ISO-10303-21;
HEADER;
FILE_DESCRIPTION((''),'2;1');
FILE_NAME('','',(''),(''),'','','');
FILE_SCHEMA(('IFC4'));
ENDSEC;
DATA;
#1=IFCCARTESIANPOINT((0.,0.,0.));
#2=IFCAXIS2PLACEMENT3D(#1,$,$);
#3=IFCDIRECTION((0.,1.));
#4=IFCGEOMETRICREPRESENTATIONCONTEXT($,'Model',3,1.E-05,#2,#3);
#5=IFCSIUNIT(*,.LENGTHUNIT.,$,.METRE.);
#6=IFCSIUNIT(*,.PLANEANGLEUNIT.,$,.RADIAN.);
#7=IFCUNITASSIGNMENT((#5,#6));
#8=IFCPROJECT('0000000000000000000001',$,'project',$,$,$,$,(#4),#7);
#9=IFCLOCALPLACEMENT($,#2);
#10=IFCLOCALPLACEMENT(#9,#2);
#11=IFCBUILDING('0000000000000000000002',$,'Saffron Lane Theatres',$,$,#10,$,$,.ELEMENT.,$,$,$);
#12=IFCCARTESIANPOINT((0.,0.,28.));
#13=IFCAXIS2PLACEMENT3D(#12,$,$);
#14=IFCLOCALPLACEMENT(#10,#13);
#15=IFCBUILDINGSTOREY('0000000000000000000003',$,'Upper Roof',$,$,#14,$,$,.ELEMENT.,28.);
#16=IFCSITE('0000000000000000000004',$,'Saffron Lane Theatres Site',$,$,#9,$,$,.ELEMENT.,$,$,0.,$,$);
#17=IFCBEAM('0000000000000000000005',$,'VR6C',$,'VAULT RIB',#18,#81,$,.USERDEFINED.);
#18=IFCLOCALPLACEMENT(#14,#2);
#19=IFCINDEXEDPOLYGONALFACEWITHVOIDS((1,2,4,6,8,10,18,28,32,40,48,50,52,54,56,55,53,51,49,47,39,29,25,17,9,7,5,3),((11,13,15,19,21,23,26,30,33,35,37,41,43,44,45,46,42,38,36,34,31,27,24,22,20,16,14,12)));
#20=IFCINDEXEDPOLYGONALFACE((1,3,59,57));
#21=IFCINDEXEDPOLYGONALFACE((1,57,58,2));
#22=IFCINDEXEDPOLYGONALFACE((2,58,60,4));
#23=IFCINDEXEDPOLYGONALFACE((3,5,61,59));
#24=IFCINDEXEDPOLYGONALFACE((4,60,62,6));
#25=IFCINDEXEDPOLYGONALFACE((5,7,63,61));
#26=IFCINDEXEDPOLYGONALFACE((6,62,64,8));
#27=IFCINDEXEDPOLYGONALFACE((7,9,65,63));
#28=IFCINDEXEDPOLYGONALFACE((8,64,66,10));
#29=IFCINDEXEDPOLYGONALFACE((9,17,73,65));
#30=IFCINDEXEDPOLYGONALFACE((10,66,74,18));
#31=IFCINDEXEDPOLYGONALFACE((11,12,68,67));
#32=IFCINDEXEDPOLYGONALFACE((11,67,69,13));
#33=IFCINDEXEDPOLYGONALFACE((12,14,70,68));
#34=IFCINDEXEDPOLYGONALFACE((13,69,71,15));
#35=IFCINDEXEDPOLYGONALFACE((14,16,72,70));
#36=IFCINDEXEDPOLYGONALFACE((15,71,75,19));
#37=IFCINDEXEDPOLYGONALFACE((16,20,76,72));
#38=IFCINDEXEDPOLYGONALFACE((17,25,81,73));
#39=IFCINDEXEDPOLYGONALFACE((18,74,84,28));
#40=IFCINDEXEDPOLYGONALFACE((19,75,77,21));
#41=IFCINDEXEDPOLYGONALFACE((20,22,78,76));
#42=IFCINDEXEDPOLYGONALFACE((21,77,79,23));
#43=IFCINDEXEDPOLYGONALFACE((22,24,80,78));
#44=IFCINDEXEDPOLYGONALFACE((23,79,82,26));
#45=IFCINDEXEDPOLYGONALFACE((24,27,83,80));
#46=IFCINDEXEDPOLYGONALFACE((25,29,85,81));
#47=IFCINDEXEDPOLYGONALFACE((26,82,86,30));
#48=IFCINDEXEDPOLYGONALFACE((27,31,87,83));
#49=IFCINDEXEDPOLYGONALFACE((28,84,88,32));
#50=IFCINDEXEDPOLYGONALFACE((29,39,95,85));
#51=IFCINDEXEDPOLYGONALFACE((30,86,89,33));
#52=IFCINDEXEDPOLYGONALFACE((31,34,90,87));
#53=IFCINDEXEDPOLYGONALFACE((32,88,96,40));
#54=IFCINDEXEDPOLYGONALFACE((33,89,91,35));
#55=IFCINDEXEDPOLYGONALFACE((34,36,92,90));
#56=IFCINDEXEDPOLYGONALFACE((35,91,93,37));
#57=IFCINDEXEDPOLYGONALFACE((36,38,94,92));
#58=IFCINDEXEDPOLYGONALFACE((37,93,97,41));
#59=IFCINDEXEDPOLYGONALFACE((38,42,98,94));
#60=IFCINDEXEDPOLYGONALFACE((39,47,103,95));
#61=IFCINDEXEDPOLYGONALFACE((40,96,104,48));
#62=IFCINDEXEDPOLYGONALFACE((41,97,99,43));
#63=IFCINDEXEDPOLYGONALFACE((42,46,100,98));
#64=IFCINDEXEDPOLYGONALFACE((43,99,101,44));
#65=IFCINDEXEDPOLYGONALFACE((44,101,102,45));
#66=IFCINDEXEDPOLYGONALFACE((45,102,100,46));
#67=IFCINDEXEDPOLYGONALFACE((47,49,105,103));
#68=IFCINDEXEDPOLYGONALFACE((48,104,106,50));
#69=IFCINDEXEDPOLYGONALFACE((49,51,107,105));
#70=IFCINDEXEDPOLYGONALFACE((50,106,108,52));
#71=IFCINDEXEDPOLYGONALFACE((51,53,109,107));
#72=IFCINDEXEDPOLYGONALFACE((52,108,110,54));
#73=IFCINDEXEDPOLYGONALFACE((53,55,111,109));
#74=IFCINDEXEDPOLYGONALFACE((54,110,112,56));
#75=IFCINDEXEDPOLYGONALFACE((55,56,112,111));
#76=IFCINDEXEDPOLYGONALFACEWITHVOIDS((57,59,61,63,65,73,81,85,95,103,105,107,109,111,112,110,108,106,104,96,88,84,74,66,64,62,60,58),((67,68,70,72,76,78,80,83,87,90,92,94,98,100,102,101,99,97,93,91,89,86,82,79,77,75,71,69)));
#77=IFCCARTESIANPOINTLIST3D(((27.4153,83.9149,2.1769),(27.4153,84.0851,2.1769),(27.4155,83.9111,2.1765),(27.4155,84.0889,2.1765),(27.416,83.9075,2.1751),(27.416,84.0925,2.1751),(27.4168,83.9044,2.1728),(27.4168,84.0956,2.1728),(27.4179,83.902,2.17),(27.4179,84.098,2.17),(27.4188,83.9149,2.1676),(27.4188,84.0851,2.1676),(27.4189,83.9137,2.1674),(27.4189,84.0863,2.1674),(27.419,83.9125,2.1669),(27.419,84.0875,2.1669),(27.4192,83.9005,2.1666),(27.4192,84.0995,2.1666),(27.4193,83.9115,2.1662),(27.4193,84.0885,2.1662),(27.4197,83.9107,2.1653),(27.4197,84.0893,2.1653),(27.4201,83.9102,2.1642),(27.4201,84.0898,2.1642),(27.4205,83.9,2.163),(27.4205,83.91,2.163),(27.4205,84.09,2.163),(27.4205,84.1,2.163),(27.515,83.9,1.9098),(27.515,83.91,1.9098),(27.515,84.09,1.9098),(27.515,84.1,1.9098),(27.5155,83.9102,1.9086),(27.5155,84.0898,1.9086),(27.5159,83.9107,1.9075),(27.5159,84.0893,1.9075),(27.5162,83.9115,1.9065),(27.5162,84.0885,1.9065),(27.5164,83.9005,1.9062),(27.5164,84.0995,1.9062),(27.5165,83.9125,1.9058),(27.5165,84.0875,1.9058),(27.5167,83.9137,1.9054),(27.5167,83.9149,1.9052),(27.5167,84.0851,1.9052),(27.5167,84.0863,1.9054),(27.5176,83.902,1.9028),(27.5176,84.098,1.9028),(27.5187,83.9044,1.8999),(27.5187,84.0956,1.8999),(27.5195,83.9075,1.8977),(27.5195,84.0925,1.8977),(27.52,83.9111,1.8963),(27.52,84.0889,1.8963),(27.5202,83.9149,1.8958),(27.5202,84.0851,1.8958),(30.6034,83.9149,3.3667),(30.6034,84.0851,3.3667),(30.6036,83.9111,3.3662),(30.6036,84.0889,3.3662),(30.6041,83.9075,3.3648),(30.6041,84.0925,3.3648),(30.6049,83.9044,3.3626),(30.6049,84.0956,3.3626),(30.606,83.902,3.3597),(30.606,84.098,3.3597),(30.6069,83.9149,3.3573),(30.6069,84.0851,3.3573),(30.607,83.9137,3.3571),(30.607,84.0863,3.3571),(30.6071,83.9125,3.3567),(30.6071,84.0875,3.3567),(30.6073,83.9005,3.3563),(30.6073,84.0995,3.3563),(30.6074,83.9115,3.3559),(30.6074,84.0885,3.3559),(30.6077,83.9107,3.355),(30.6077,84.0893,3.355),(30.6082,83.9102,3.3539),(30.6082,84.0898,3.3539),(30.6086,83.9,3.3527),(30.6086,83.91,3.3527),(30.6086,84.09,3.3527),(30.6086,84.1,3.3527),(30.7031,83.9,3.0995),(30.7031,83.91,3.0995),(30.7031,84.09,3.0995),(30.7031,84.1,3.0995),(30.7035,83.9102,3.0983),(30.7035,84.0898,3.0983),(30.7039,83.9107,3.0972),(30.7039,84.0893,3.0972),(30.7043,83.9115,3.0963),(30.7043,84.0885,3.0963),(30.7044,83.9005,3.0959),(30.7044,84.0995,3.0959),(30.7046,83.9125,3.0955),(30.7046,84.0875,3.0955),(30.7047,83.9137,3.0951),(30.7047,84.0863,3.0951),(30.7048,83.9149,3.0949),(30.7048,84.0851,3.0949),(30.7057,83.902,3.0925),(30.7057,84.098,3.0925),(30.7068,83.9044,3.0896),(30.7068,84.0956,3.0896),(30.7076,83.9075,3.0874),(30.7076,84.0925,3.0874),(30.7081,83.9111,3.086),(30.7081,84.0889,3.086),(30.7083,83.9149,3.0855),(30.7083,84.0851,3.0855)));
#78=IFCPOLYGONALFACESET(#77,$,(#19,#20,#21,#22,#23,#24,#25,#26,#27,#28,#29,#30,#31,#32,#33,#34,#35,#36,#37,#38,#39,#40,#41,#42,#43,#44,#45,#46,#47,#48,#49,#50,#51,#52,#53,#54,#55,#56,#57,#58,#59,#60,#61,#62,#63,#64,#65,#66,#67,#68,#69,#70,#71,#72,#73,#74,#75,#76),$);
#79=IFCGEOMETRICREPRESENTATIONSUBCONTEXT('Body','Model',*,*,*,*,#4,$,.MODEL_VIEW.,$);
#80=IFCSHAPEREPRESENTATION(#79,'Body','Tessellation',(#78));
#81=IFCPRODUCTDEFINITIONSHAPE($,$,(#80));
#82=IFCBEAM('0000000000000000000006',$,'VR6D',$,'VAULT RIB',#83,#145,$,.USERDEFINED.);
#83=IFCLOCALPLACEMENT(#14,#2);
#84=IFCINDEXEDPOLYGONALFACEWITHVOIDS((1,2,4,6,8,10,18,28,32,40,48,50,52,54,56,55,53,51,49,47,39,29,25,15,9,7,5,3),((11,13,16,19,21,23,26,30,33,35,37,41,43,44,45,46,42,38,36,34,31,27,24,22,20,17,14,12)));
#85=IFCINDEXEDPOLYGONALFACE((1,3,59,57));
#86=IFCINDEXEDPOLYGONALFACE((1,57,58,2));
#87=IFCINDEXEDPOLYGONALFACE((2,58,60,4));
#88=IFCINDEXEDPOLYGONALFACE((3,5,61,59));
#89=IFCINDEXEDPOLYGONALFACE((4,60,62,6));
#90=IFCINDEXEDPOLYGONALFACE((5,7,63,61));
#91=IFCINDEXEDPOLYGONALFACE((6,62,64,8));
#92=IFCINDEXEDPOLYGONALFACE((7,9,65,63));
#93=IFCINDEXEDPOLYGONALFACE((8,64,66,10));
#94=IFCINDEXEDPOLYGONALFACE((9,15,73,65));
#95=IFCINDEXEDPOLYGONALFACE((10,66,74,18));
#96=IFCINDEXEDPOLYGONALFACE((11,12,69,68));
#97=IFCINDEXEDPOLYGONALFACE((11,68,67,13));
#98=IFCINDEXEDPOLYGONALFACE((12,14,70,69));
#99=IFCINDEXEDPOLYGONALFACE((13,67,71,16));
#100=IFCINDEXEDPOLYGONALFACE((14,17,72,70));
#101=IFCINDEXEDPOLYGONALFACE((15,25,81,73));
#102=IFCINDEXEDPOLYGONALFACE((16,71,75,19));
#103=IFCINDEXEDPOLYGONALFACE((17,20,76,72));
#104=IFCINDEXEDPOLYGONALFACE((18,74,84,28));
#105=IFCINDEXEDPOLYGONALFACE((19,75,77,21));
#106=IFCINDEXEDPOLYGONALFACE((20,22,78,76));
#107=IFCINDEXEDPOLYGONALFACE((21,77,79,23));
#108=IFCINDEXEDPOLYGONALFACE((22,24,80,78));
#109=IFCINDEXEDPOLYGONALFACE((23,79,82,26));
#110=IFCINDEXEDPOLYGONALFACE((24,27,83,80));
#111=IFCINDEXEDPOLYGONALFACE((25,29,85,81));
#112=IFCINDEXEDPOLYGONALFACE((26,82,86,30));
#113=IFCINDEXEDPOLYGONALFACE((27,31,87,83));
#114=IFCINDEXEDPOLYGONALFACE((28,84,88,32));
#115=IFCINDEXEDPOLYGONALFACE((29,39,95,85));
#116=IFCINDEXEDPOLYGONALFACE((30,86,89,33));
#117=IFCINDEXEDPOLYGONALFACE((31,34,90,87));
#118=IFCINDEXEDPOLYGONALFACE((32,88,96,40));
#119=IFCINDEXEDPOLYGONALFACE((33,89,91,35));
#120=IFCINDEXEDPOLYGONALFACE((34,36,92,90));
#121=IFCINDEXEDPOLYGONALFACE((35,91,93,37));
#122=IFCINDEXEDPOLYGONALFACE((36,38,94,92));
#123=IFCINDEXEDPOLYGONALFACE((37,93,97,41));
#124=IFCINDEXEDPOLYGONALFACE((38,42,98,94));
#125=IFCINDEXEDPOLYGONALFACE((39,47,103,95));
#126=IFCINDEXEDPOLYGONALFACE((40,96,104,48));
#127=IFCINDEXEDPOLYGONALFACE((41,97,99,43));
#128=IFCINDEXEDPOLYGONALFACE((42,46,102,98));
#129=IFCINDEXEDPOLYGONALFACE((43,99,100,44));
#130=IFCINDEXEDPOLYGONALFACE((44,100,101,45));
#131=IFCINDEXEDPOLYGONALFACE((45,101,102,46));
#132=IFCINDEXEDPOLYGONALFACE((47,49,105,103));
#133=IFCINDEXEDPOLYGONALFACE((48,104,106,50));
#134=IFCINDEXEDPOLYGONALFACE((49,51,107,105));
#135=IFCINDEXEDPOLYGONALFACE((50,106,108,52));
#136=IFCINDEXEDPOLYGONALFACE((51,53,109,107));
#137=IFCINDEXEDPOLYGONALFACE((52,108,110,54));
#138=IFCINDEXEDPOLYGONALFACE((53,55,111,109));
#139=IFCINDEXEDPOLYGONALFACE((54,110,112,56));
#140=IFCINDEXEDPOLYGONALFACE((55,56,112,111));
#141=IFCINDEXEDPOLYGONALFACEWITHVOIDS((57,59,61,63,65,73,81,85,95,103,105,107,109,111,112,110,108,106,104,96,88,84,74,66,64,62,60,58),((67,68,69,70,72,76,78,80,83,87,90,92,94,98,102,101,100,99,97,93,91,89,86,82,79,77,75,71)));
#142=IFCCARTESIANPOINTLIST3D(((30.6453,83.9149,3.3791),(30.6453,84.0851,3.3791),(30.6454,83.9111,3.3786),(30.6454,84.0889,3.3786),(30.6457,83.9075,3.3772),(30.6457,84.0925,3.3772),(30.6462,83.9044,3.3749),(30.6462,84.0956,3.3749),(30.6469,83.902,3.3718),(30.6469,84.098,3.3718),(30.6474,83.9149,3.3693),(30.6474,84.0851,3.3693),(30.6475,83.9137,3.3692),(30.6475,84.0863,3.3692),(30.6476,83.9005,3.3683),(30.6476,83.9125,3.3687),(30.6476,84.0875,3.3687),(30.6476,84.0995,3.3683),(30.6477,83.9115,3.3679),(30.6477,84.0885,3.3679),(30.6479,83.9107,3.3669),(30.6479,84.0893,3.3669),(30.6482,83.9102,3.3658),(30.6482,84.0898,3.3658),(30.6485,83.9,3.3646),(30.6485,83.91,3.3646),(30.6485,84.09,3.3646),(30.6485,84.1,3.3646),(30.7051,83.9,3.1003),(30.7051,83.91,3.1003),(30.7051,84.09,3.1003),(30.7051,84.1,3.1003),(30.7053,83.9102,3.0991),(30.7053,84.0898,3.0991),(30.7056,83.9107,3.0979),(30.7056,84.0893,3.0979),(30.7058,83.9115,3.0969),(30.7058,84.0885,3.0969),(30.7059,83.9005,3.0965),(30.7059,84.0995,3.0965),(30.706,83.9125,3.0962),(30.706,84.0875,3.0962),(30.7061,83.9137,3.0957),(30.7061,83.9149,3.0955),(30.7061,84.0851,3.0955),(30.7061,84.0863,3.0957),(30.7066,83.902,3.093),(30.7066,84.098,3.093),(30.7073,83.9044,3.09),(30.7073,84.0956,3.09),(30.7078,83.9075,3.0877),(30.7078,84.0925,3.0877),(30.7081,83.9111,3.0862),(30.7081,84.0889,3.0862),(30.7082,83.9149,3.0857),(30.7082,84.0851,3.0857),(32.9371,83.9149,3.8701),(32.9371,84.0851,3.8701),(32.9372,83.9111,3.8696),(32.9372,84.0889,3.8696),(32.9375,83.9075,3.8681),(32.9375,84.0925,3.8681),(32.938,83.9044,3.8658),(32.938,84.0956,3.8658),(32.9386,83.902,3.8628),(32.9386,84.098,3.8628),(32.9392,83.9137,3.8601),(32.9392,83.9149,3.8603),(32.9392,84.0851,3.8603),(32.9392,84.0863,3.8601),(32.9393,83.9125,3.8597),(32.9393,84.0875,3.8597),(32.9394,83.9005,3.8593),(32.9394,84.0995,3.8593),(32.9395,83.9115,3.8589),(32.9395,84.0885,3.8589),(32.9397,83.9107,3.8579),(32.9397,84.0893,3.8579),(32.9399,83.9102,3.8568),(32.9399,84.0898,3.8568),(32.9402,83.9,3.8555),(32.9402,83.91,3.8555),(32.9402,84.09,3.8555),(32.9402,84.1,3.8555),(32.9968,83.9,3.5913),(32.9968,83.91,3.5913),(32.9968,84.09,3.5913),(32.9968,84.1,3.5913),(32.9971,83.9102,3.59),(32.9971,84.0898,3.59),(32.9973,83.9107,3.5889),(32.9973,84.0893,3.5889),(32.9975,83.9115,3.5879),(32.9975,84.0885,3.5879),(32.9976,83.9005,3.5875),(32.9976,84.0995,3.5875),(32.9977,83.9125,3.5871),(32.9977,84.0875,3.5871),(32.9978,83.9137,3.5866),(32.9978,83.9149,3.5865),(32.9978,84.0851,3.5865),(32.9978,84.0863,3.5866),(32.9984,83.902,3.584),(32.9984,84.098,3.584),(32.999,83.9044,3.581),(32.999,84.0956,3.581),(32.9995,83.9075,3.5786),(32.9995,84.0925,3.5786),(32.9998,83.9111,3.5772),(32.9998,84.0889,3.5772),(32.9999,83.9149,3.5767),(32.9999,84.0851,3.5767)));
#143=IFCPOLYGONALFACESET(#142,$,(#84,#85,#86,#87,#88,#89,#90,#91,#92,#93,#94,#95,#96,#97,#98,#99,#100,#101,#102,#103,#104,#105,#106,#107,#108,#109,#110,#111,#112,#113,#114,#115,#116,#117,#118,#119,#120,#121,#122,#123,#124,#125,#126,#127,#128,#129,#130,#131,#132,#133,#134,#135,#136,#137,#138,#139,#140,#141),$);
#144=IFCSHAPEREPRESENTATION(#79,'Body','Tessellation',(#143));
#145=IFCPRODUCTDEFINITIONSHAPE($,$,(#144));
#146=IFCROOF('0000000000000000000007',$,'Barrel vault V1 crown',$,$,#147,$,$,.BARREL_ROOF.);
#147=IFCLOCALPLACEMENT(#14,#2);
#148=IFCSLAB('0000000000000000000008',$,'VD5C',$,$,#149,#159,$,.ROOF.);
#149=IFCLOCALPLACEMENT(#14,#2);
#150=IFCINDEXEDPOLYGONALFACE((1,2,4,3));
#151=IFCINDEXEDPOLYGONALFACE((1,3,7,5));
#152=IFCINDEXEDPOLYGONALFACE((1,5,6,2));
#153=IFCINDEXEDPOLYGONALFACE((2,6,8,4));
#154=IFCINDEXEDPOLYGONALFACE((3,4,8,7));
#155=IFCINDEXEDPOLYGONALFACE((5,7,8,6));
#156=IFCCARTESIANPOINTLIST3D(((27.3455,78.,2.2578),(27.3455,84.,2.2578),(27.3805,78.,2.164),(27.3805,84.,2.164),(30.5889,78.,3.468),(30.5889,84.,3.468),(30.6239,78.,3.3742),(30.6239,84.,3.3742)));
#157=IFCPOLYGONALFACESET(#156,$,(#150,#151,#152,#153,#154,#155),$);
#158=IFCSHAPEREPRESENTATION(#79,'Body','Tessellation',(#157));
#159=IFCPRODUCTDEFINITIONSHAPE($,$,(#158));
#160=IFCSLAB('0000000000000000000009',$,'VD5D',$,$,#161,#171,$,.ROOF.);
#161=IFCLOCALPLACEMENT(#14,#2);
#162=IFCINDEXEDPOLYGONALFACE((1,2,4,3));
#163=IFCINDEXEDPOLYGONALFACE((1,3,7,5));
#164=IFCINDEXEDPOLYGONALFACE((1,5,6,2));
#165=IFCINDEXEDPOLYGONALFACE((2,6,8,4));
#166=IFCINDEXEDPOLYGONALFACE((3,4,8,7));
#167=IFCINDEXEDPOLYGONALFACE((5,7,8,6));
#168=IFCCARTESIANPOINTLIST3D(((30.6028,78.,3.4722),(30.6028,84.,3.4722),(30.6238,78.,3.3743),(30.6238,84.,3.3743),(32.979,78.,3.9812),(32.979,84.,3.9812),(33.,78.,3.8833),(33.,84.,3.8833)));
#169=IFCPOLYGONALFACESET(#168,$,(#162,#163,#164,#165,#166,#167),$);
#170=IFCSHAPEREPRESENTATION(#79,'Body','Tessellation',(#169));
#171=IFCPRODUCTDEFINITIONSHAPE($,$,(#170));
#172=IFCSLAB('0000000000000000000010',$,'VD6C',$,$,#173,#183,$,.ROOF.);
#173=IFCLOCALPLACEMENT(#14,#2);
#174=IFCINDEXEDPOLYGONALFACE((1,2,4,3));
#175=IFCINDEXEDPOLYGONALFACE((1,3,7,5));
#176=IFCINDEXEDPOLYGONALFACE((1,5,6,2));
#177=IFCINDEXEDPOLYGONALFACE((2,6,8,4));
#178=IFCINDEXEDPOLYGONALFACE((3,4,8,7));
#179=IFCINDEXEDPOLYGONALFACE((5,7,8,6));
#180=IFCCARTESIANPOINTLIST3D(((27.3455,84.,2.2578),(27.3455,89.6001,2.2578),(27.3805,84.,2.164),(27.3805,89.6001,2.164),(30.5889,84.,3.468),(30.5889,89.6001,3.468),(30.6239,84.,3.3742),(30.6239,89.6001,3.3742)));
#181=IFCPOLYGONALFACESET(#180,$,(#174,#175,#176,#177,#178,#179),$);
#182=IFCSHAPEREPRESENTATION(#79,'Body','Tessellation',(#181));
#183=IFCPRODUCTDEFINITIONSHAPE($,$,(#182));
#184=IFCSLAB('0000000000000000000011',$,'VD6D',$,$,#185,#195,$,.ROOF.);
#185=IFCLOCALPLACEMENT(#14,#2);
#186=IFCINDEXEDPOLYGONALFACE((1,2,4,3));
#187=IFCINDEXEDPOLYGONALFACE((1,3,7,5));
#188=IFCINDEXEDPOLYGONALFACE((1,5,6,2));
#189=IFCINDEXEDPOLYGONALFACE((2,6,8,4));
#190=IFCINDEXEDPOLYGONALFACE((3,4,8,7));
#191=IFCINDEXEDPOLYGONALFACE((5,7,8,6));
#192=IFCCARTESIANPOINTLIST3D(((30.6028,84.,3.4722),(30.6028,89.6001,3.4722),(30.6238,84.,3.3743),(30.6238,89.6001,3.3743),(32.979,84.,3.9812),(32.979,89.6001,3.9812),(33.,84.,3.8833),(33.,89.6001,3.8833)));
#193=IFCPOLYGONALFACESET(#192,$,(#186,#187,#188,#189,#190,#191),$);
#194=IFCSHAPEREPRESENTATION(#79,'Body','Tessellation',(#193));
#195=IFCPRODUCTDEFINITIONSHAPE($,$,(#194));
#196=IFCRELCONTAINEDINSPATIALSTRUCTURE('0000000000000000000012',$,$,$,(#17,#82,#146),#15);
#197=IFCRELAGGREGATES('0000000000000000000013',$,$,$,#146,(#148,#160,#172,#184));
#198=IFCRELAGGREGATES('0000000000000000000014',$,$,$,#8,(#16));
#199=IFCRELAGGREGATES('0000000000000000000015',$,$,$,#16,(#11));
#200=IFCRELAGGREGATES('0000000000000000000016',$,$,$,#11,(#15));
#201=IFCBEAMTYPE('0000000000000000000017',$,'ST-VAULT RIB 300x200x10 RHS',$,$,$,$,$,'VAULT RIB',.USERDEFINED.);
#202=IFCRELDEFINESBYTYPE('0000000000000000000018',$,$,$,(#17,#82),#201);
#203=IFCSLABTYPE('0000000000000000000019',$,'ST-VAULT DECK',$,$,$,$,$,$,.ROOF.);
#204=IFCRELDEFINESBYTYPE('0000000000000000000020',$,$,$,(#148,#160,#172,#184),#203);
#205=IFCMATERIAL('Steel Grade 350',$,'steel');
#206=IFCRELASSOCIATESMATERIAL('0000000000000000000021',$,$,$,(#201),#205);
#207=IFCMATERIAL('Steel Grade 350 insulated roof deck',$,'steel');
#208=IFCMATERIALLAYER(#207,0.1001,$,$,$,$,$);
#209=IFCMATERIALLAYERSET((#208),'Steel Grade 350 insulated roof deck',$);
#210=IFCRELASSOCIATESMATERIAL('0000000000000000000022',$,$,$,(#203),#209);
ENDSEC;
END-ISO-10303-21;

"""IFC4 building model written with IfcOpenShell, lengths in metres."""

from ifc_helpers import new_model, si_unit, direction, frame, origin, origin_2d, place, context, subcontext, project, spatial, polyline, hollow_rectangle, outline, extrude, material, layer, layer_set, material_profile, profile_set, type_object, element, aggregate, save


model = new_model("IFC4")

# Units and contexts
model_context = context("Model", 3, precision=1e-05, world=origin(), true_north=direction((0.0, 1.0)))
body_context = subcontext(model_context, "Body", "Model", "MODEL_VIEW")
ifc_project = project(units=[si_unit("LENGTHUNIT", "METRE"), si_unit("PLANEANGLEUNIT", "RADIAN")], contexts=[model_context])

# Site, building, storey
site_placement = place(None, origin())
site = spatial("IfcSite", under=ifc_project, at=site_placement, Name="Saffron Lane Theatres Site", CompositionType="ELEMENT", RefElevation=0.0)
building_placement = place(site_placement, origin())
building = spatial("IfcBuilding", under=site, at=building_placement, Name="Saffron Lane Theatres", CompositionType="ELEMENT")
storey_placement = place(building_placement, frame((0.0, 0.0, 28.0)))
storey = spatial("IfcBuildingStorey", under=building, at=storey_placement, Name="Upper Roof", CompositionType="ELEMENT", Elevation=28.0)

# Beams
ifc_material_1 = material(Name="Steel Grade 350", Category="steel")
ifc_material_profile_1 = material_profile(ifc_material_1, hollow_rectangle(XDim=0.2, YDim=0.3, WallThickness=0.01, InnerFilletRadius=0.0049, OuterFilletRadius=0.0149, at=origin_2d()))
ifc_profile_set_1 = profile_set([ifc_material_profile_1], Name="Steel Grade 350")
beam_type = type_object("IfcBeamType", Name="ST-VAULT RIB 300x200x10 RHS", ElementType="VAULT RIB", PredefinedType="USERDEFINED", material=ifc_profile_set_1)
beam_1_placement = place(storey_placement, frame((27.4678, 84.0, 2.0364), z_axis=(0.936888, 0.0, 0.349629), x_axis=(0.0, 1.0, 0.0)))
element("IfcBeam", 1, at=beam_1_placement, inside=storey, type_object=beam_type, Name="VR6C", ObjectType="VAULT RIB", PredefinedType="USERDEFINED", context=body_context, shape_type="SweptSolid", body=[
    extrude(hollow_rectangle(XDim=0.2, YDim=0.3, WallThickness=0.01, InnerFilletRadius=0.0049, OuterFilletRadius=0.0149, at=origin_2d()), origin(), (0.0, 0.0, 1.0), 3.4028),
])
beam_2_placement = place(storey_placement, frame((30.6768, 84.0, 3.2324), z_axis=(0.977813, 0.0, 0.209479), x_axis=(0.0, 1.0, 0.0)))
element("IfcBeam", 2, at=beam_2_placement, inside=storey, type_object=beam_type, Name="VR6D", ObjectType="VAULT RIB", PredefinedType="USERDEFINED", context=body_context, shape_type="SweptSolid", body=[
    extrude(hollow_rectangle(XDim=0.2, YDim=0.3, WallThickness=0.01, InnerFilletRadius=0.0049, OuterFilletRadius=0.0149, at=origin_2d()), origin(), (0.0, 0.0, 1.0), 2.3438),
])

# Roof, slabs
roof_placement = place(storey_placement, origin())
roof = element("IfcRoof", 3, at=roof_placement, inside=storey, Name="Barrel vault V1 crown", PredefinedType="BARREL_ROOF")
ifc_material_2 = material(Name="Steel Grade 350 insulated roof deck", Category="steel")
ifc_layer_1 = layer(ifc_material_2, 0.1001)
ifc_layer_set_1 = layer_set([ifc_layer_1], Name="Steel Grade 350 insulated roof deck")
slab_type = type_object("IfcSlabType", Name="ST-VAULT DECK", PredefinedType="ROOF", material=ifc_layer_set_1)
slab_1_placement = place(storey_placement, frame((27.3455, 78.0, 2.2578), z_axis=(-0.349585, 0.0, 0.936905), x_axis=(0.936905, 0.0, 0.349585)))
slab_1 = element("IfcSlab", 4, at=slab_1_placement, type_object=slab_type, Name="VD5C", PredefinedType="ROOF", context=body_context, shape_type="SweptSolid", body=[
    extrude(outline(polyline([(0.0, 0.0), (3.4618, 0.0), (3.4618, 6.0), (0.0, 6.0), (0.0, 0.0)])), origin(), (0.0, 0.0, -1.0), 0.1001),
])
slab_2_placement = place(storey_placement, frame((30.6028, 78.0, 3.4722), z_axis=(-0.209467, 0.0, 0.977816), x_axis=(0.977816, 0.0, 0.209467)))
slab_2 = element("IfcSlab", 5, at=slab_2_placement, type_object=slab_type, Name="VD5D", PredefinedType="ROOF", context=body_context, shape_type="SweptSolid", body=[
    extrude(outline(polyline([(0.0, 0.0), (2.4301, 0.0), (2.4301, 6.0), (0.0, 6.0), (0.0, 0.0)])), origin(), (0.0, 0.0, -1.0), 0.1001),
])
slab_3_placement = place(storey_placement, frame((27.3455, 84.0, 2.2578), z_axis=(-0.349585, 0.0, 0.936905), x_axis=(0.936905, 0.0, 0.349585)))
slab_3 = element("IfcSlab", 6, at=slab_3_placement, type_object=slab_type, Name="VD6C", PredefinedType="ROOF", context=body_context, shape_type="SweptSolid", body=[
    extrude(outline(polyline([(0.0, 0.0), (3.4618, 0.0), (3.4618, 5.6001), (0.0, 5.6001), (0.0, 0.0)])), origin(), (0.0, 0.0, -1.0), 0.1001),
])
slab_4_placement = place(storey_placement, frame((30.6028, 84.0, 3.4722), z_axis=(-0.209467, 0.0, 0.977816), x_axis=(0.977816, 0.0, 0.209467)))
slab_4 = element("IfcSlab", 7, at=slab_4_placement, type_object=slab_type, Name="VD6D", PredefinedType="ROOF", context=body_context, shape_type="SweptSolid", body=[
    extrude(outline(polyline([(0.0, 0.0), (2.4301, 0.0), (2.4301, 5.6001), (0.0, 5.6001), (0.0, 0.0)])), origin(), (0.0, 0.0, -1.0), 0.1001),
])
aggregate(roof, [slab_1, slab_2, slab_3, slab_4])

save(model, "model.ifc")
